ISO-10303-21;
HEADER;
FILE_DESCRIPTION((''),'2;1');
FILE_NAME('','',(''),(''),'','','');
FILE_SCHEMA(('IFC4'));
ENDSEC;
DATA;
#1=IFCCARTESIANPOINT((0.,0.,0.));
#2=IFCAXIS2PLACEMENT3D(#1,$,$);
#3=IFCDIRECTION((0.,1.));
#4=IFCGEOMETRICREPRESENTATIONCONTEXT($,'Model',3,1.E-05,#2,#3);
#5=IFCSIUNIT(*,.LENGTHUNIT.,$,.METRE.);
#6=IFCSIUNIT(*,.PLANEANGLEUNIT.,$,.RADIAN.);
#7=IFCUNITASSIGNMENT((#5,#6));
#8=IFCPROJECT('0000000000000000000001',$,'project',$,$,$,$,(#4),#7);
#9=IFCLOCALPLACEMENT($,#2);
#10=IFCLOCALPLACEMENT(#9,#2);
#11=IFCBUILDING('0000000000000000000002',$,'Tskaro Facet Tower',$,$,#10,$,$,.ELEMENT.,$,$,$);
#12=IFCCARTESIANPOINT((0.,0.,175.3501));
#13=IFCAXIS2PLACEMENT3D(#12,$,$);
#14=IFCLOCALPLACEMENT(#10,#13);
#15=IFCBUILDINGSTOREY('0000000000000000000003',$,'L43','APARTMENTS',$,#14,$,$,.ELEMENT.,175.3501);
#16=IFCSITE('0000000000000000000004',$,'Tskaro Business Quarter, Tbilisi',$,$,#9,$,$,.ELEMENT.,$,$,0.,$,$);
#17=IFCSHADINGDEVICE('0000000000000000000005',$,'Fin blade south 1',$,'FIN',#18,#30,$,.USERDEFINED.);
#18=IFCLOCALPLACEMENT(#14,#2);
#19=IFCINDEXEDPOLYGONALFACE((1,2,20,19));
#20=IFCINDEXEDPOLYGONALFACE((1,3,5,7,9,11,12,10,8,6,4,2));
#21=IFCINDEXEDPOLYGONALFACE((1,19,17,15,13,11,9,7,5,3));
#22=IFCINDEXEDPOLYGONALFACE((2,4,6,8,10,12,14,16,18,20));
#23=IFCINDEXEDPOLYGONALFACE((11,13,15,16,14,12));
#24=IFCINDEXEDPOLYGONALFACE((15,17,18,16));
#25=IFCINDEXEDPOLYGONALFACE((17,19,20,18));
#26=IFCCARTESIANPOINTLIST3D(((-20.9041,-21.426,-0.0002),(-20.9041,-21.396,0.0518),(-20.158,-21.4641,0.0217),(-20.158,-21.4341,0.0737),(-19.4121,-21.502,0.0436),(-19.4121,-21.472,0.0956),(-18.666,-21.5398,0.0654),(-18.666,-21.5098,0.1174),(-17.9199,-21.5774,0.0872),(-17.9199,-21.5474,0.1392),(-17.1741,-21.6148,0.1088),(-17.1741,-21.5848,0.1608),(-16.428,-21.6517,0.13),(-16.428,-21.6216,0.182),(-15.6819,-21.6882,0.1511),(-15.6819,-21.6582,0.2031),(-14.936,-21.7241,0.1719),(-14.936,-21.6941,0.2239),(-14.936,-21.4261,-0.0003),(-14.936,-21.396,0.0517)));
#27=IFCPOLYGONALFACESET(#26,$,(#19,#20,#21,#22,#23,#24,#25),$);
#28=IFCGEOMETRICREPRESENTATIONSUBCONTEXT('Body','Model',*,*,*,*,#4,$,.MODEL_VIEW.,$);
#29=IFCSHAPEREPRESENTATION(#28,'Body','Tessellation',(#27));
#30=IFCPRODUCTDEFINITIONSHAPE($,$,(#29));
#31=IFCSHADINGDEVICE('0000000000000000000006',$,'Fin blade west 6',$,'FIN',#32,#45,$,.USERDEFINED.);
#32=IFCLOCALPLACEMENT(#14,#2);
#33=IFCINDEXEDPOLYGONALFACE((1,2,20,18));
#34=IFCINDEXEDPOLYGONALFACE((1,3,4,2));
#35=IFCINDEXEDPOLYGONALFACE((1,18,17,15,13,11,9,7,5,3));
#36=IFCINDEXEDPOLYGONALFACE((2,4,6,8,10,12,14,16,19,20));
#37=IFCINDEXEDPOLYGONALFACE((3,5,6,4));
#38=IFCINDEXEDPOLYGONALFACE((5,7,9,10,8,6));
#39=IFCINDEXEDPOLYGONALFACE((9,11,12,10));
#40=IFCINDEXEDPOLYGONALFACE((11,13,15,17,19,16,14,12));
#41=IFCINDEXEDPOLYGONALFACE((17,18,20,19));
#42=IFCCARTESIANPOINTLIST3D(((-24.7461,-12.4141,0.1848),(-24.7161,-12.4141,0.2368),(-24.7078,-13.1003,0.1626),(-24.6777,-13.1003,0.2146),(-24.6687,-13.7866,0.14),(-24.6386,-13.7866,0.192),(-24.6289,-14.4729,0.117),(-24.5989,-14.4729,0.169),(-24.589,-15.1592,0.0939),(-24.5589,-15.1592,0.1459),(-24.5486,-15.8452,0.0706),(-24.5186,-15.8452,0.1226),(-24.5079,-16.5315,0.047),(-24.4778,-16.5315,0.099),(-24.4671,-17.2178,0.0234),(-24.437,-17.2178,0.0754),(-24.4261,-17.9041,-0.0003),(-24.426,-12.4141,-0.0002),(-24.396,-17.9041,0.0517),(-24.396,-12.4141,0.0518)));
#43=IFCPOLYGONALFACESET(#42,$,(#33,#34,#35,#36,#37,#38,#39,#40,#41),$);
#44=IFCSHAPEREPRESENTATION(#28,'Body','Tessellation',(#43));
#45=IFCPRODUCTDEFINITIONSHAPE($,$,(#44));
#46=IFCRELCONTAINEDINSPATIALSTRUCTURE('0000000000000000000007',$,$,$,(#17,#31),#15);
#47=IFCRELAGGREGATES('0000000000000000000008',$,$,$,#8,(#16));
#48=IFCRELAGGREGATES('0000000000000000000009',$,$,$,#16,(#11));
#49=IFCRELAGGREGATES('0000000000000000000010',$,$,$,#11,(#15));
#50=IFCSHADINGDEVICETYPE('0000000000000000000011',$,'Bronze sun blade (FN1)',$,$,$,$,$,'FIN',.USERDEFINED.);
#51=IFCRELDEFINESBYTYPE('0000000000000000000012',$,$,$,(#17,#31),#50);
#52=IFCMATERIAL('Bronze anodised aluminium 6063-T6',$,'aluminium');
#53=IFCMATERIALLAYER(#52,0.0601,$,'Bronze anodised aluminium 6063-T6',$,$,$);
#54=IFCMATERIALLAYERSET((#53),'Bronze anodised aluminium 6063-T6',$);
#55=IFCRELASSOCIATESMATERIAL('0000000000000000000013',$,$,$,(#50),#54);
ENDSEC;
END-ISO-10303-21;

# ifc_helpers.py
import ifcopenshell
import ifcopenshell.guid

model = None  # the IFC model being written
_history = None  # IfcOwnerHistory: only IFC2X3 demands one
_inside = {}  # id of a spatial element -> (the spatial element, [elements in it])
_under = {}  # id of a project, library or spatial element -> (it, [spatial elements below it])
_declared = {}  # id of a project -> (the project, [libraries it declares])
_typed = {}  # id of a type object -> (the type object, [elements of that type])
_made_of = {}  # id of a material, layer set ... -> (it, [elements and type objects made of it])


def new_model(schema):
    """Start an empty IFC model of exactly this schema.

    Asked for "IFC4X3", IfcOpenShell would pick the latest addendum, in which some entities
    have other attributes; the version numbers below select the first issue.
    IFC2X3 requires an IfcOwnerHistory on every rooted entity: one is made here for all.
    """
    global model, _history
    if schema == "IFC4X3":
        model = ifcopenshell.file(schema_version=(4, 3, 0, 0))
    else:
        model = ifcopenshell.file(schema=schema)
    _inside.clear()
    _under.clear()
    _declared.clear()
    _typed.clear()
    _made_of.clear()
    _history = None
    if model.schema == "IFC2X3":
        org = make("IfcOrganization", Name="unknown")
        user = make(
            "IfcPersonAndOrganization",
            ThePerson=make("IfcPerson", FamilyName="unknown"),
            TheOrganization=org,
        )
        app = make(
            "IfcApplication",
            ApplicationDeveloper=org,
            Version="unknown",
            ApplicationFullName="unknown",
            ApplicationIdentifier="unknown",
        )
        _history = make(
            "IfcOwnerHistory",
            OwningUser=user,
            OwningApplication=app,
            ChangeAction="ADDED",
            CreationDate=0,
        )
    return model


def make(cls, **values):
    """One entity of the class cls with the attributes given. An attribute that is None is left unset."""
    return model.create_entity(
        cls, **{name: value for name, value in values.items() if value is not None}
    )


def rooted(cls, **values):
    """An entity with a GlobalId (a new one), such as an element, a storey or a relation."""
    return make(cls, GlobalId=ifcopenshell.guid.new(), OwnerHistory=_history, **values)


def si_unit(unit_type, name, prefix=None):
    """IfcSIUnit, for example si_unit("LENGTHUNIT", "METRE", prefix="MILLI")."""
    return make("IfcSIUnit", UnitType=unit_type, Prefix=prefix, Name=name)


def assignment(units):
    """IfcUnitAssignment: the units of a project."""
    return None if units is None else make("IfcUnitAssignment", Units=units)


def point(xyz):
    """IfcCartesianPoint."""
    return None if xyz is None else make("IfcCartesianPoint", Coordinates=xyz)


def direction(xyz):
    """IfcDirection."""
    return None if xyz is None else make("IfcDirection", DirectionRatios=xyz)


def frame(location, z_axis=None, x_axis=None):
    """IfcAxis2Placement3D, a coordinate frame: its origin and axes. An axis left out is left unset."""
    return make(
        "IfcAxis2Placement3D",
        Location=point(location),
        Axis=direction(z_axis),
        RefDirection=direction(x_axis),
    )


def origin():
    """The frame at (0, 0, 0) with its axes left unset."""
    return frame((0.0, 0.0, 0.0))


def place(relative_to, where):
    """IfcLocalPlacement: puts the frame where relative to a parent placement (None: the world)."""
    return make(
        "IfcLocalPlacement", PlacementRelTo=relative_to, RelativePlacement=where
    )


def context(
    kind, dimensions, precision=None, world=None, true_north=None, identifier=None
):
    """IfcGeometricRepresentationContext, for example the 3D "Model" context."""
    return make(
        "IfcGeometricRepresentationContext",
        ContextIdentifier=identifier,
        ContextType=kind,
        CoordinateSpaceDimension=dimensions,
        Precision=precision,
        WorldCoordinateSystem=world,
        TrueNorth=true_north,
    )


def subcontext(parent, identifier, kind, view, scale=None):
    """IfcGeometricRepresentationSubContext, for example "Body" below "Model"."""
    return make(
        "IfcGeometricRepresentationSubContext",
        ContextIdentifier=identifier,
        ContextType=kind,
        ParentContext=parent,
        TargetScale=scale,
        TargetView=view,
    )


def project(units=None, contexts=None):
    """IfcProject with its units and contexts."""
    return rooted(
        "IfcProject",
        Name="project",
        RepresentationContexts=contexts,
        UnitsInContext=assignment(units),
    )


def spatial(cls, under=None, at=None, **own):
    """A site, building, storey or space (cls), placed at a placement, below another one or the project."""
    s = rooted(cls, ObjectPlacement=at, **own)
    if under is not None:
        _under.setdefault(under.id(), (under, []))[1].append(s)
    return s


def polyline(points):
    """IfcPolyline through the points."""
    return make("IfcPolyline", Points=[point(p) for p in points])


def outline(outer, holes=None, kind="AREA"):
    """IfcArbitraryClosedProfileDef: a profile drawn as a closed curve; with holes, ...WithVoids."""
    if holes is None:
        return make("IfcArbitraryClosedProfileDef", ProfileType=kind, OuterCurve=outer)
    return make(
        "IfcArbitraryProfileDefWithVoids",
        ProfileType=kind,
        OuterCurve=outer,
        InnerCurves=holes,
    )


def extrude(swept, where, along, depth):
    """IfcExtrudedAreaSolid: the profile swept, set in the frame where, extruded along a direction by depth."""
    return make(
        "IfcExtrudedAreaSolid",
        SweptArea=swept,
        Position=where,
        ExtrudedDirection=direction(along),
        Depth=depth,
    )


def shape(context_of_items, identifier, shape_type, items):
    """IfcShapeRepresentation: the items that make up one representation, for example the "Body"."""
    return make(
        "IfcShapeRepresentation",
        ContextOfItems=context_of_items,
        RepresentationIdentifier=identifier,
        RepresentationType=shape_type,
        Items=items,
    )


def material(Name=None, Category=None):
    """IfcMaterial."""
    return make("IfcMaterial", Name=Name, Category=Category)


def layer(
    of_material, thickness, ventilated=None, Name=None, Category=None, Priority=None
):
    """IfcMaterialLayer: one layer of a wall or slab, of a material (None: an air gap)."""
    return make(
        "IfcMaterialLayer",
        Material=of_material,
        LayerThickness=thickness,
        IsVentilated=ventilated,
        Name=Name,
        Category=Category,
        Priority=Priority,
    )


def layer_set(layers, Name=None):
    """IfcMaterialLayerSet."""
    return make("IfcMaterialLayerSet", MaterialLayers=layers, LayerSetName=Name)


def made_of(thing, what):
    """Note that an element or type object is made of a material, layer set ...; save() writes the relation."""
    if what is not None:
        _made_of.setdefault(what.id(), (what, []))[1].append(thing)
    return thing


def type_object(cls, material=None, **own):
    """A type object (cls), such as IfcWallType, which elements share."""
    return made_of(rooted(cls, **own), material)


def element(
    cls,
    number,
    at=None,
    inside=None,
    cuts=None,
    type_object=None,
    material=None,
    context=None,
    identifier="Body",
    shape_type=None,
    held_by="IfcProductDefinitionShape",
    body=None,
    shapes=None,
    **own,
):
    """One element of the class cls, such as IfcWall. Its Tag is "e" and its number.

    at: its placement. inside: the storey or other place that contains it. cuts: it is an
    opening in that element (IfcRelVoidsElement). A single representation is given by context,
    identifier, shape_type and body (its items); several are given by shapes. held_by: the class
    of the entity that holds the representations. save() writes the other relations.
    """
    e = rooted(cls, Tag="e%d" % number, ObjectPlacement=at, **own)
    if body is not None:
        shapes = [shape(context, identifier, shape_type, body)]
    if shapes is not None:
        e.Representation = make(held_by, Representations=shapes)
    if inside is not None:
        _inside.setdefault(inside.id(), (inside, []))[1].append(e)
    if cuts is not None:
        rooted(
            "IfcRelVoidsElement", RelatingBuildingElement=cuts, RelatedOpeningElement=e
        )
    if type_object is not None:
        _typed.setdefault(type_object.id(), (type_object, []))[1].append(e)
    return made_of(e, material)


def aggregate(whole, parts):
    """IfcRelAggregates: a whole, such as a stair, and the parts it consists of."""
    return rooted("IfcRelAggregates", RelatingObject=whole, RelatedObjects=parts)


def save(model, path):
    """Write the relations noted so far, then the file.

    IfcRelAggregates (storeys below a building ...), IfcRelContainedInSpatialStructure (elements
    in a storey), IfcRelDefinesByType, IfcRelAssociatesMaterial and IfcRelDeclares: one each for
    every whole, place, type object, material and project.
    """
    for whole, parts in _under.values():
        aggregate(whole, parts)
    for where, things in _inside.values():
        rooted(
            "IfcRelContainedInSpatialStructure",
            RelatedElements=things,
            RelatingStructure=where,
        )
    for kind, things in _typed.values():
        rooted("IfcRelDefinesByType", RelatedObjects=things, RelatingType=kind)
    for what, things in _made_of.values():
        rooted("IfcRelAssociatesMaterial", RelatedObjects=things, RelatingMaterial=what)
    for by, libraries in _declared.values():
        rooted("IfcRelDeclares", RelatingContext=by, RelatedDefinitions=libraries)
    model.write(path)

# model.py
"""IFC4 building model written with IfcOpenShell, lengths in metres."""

from ifc_helpers import new_model, si_unit, direction, frame, origin, place, context, subcontext, project, spatial, polyline, outline, extrude, material, layer, layer_set, type_object, element, save


model = new_model("IFC4")

# Units and contexts
model_context = context("Model", 3, precision=1e-05, world=origin(), true_north=direction((0.0, 1.0)))
body_context = subcontext(model_context, "Body", "Model", "MODEL_VIEW")
ifc_project = project(units=[si_unit("LENGTHUNIT", "METRE"), si_unit("PLANEANGLEUNIT", "RADIAN")], contexts=[model_context])

# Site, building, storey
site_placement = place(None, origin())
site = spatial("IfcSite", under=ifc_project, at=site_placement, Name="Tskaro Business Quarter, Tbilisi", CompositionType="ELEMENT", RefElevation=0.0)
building_placement = place(site_placement, origin())
building = spatial("IfcBuilding", under=site, at=building_placement, Name="Tskaro Facet Tower", CompositionType="ELEMENT")
storey_placement = place(building_placement, frame((0.0, 0.0, 175.3501)))
storey = spatial("IfcBuildingStorey", under=building, at=storey_placement, Name="L43", Description="APARTMENTS", CompositionType="ELEMENT", Elevation=175.3501)

# Shared definitions
ifc_material_1 = material(Name="Bronze anodised aluminium 6063-T6", Category="aluminium")

# Shading devices
ifc_layer_1 = layer(ifc_material_1, 0.0601, Name="Bronze anodised aluminium 6063-T6")
ifc_layer_set_1 = layer_set([ifc_layer_1], Name="Bronze anodised aluminium 6063-T6")
shading_device_type = type_object("IfcShadingDeviceType", Name="Bronze sun blade (FN1)", ElementType="FIN", PredefinedType="USERDEFINED", material=ifc_layer_set_1)
shading_device_1_placement = place(storey_placement, frame((-20.9041, -21.396, 0.0518), z_axis=(0.000012, 0.500206, 0.865906), x_axis=(1.0, -0.000006, -0.00001)))
element("IfcShadingDevice", 1, at=shading_device_1_placement, inside=storey, type_object=shading_device_type, Name="Fin blade south 1", ObjectType="FIN", PredefinedType="USERDEFINED", context=body_context, shape_type="SweptSolid", body=[
    extrude(outline(polyline([(0.0, 0.0), (5.968, 0.0), (5.968, -0.3442), (5.2222, -0.3028), (4.4761, -0.2605), (3.73, -0.218), (2.9841, -0.1748), (2.238, -0.1314), (1.4919, -0.0877), (0.7461, -0.044), (0.0, 0.0)])), origin(), (0.0, 0.0, -1.0), 0.0601),
])
shading_device_2_placement = place(storey_placement, frame((-24.396, -12.4141, 0.0518), z_axis=(0.500403, -0.000011, 0.865793), x_axis=(-0.000005, -1.0, -0.000009)))
element("IfcShadingDevice", 2, at=shading_device_2_placement, inside=storey, type_object=shading_device_type, Name="Fin blade west 6", ObjectType="FIN", PredefinedType="USERDEFINED", context=body_context, shape_type="SweptSolid", body=[
    extrude(outline(polyline([(0.0, 0.0), (5.49, 0.0), (4.8037, -0.0474), (4.1174, -0.0945), (3.4312, -0.1415), (2.7451, -0.1881), (2.0588, -0.2343), (1.3726, -0.2802), (0.6863, -0.3254), (0.0, -0.3697), (0.0, 0.0)])), origin(), (0.0, 0.0, -1.0), 0.0601),
])

save(model, "model.ifc")
